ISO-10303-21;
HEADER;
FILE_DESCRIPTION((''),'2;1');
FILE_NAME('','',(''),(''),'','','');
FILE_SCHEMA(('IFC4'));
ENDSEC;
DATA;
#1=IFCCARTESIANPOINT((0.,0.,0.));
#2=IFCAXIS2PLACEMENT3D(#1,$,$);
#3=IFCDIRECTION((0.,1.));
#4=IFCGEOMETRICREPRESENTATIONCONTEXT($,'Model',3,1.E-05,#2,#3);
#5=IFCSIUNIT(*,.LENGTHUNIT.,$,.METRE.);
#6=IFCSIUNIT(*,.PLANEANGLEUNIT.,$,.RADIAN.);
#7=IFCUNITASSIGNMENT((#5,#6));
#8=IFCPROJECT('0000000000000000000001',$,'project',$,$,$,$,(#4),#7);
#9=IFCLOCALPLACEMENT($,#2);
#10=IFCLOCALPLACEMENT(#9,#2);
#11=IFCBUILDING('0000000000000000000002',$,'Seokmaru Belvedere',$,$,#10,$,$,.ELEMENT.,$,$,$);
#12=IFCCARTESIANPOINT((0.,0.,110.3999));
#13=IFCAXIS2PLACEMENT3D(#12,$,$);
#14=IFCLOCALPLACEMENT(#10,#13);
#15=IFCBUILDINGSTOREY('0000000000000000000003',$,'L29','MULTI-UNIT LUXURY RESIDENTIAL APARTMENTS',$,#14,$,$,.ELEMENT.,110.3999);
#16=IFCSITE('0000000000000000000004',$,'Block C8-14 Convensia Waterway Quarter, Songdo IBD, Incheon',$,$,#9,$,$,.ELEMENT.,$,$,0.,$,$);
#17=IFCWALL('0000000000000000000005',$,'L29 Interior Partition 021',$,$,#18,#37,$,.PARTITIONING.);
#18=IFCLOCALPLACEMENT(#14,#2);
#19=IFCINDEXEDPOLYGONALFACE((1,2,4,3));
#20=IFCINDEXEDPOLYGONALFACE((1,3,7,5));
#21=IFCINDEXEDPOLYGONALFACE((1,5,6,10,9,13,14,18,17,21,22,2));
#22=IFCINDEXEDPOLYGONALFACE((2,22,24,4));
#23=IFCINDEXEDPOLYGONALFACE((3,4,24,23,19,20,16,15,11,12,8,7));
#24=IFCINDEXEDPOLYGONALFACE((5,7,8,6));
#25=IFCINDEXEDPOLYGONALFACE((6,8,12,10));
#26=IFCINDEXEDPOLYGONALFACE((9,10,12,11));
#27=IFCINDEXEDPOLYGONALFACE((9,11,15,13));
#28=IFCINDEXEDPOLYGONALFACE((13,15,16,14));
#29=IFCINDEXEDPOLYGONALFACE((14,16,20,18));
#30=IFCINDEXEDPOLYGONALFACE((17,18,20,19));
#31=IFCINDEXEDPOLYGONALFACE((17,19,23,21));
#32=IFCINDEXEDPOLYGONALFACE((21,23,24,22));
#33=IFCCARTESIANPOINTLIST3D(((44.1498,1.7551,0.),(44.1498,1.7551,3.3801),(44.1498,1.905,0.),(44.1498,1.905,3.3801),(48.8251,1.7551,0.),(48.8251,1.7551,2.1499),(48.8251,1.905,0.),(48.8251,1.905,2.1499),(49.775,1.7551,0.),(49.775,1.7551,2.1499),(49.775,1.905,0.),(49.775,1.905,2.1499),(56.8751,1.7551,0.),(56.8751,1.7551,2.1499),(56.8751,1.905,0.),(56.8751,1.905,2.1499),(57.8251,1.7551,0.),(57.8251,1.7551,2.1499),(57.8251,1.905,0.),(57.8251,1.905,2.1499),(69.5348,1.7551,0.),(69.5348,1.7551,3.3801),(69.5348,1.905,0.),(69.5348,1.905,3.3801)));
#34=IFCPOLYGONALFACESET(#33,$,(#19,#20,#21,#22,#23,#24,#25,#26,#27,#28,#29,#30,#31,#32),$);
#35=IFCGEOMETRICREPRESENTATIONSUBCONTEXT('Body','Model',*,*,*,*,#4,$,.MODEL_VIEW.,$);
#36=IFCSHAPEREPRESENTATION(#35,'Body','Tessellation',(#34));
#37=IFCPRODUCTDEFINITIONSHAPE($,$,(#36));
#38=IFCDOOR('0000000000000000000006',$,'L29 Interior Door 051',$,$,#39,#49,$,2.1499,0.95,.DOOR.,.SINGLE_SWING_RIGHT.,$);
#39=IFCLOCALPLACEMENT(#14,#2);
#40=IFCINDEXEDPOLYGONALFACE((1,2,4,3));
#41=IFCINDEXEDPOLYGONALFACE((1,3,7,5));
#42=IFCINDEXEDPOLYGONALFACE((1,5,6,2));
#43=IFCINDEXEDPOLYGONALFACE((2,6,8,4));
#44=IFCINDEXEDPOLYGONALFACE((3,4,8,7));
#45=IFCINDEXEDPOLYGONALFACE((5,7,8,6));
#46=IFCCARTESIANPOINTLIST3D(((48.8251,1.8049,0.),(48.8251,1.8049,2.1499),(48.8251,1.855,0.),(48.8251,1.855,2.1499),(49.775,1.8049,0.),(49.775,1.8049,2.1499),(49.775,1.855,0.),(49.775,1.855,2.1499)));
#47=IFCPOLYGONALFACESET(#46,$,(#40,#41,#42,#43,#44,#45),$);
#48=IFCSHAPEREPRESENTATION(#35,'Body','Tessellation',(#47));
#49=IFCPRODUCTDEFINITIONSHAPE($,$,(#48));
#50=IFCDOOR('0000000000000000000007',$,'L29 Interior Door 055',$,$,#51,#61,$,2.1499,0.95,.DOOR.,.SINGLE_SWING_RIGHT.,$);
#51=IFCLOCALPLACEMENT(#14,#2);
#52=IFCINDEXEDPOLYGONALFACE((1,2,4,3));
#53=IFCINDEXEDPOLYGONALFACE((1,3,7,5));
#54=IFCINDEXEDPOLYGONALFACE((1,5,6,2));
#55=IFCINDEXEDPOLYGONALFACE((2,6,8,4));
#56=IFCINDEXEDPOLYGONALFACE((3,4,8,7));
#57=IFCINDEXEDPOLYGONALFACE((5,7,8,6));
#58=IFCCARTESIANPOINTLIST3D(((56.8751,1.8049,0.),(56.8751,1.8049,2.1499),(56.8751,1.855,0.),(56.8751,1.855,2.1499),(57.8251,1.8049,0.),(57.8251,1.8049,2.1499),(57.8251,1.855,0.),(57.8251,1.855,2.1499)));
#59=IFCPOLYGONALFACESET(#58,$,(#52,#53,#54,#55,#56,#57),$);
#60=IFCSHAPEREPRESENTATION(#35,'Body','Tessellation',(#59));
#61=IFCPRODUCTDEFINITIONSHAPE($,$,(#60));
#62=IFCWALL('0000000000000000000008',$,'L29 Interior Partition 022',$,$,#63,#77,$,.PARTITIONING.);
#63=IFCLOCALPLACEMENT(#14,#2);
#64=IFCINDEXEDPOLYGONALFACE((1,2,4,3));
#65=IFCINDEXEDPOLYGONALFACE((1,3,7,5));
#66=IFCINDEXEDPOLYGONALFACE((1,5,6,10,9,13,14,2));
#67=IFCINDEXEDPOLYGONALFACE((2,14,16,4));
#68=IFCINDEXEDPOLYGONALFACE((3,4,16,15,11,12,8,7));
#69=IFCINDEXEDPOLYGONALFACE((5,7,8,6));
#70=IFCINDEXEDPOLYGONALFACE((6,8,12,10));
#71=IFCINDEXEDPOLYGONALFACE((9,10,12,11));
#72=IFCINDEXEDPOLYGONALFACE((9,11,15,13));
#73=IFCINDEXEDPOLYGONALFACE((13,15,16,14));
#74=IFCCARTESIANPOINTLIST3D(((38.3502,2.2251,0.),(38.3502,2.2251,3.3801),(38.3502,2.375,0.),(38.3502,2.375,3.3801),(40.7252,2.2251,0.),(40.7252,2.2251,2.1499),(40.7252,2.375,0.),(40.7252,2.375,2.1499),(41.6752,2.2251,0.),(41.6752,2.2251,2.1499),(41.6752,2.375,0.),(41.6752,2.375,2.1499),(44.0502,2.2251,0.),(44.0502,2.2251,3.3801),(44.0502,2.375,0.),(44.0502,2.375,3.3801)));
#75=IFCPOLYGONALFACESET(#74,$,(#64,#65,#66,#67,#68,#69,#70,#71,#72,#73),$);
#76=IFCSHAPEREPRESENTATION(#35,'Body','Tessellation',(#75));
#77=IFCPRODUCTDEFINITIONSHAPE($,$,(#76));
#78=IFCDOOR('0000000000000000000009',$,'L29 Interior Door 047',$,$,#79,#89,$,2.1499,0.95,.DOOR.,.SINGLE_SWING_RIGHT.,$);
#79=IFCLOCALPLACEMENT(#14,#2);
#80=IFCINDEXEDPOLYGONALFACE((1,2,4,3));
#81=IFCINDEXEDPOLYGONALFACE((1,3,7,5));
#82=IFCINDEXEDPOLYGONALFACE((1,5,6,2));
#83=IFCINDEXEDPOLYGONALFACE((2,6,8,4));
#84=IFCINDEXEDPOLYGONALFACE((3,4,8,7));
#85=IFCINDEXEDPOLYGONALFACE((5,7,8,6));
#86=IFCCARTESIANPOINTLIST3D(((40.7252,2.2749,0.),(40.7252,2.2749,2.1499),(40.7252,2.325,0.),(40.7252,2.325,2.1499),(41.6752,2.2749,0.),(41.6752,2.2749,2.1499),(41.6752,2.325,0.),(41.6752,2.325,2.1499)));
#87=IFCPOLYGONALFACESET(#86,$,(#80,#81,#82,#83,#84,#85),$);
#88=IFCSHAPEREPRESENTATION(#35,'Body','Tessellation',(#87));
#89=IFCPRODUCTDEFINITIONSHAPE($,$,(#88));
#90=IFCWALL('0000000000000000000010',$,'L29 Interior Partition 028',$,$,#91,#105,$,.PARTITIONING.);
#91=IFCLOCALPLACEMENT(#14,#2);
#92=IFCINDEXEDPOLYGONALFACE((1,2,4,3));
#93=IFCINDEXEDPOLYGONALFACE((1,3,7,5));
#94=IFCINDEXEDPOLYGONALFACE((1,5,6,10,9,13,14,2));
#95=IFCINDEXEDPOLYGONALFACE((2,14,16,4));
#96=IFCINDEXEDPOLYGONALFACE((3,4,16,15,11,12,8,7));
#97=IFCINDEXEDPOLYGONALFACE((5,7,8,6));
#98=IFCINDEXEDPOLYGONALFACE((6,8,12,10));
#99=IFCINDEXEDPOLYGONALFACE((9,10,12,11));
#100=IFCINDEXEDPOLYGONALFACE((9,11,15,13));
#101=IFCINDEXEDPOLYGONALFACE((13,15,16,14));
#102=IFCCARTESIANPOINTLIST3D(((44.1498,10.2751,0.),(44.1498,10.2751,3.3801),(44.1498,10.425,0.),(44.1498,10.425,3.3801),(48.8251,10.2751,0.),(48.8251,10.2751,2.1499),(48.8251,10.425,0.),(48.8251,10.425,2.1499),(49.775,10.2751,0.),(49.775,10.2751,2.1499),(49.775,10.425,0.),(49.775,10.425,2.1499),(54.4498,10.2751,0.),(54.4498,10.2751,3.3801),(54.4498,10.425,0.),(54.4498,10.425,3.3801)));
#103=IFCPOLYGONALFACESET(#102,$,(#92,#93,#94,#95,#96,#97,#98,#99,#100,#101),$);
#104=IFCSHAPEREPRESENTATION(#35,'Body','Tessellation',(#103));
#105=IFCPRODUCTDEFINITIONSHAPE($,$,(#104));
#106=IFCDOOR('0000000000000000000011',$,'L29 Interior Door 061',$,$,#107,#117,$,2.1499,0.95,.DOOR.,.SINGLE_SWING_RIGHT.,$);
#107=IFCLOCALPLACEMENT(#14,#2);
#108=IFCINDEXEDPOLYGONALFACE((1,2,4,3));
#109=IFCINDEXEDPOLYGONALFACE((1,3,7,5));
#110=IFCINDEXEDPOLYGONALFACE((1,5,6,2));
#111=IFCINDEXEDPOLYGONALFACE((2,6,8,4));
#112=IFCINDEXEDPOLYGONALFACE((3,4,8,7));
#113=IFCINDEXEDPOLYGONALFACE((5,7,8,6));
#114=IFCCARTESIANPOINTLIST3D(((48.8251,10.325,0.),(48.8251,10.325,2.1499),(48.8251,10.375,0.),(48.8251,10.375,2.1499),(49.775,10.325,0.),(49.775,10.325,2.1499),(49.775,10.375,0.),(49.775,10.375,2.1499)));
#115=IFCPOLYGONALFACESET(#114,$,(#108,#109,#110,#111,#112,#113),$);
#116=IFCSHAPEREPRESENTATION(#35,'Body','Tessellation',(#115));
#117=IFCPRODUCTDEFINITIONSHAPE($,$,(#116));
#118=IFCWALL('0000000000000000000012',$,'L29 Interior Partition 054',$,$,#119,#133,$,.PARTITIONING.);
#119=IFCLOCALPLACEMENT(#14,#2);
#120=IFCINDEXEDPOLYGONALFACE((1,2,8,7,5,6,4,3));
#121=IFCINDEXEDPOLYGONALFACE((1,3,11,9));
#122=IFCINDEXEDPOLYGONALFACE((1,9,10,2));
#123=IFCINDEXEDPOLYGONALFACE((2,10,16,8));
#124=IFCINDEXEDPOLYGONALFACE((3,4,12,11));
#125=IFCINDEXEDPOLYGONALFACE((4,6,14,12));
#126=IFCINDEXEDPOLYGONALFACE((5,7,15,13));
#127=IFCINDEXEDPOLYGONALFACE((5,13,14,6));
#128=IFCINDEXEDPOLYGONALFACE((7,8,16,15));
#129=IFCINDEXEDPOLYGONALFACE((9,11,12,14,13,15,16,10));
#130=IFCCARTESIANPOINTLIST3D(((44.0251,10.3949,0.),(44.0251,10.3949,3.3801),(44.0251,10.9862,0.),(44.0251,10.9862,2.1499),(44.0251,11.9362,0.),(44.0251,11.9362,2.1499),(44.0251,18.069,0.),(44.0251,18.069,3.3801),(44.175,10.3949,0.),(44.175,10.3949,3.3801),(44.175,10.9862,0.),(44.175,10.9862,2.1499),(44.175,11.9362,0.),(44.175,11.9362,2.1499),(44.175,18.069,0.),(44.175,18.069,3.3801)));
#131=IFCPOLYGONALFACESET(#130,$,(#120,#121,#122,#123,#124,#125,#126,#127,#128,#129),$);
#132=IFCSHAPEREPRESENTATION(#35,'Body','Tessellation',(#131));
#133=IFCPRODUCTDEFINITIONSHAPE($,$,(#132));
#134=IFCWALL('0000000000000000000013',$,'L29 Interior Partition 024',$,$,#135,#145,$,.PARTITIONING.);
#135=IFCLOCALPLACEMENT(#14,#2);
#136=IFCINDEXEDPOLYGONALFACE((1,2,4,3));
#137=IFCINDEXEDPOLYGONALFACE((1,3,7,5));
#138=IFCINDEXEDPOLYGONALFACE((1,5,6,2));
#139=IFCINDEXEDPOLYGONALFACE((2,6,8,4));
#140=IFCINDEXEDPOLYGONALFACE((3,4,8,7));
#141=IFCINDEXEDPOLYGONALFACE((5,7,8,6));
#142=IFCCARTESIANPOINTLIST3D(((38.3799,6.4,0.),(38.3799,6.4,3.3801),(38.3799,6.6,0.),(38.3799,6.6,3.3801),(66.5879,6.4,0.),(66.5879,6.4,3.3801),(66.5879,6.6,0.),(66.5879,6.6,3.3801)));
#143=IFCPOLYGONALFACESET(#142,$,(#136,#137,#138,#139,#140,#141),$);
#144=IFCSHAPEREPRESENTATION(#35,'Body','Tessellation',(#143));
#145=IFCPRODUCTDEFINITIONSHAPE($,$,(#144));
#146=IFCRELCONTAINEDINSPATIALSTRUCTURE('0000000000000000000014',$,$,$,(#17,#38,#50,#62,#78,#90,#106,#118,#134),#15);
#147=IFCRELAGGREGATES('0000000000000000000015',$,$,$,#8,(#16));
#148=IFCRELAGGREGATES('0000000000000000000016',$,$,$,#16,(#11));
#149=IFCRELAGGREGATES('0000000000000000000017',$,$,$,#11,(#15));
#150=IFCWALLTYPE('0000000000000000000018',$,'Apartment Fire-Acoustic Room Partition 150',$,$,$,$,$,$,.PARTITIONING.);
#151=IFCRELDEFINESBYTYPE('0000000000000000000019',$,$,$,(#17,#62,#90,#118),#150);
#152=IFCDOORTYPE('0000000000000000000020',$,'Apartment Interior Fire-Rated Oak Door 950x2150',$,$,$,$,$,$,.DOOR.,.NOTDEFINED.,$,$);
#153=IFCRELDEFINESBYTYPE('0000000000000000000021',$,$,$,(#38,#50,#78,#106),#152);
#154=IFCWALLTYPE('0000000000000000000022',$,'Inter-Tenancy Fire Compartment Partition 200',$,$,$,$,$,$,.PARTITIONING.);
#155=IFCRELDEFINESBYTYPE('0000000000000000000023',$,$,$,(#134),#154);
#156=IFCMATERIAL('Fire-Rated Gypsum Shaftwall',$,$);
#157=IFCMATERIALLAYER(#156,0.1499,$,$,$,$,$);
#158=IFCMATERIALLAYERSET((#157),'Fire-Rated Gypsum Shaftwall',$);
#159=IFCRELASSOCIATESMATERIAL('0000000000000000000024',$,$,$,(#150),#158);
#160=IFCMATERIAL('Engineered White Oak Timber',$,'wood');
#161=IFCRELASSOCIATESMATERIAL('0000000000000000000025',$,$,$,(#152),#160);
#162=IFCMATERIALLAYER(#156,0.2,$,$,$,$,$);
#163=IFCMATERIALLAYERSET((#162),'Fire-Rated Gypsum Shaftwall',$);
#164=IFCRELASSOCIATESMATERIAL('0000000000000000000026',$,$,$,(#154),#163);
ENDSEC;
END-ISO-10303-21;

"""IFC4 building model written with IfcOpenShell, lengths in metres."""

from ifc_helpers import new_model, si_unit, direction, frame, frame_2d, origin, place, context, subcontext, project, spatial, rectangle, extrude, source, transform, mapped, material, layer, layer_set, type_object, type_shapes, element, fill, save


model = new_model("IFC4")

# Units and contexts
model_context = context("Model", 3, precision=1e-05, world=origin(), true_north=direction((0.0, 1.0)))
body_context = subcontext(model_context, "Body", "Model", "MODEL_VIEW")
ifc_project = project(units=[si_unit("LENGTHUNIT", "METRE"), si_unit("PLANEANGLEUNIT", "RADIAN")], contexts=[model_context])

# Site, building, storey
site_placement = place(None, origin())
site = spatial("IfcSite", under=ifc_project, at=site_placement, Name="Block C8-14 Convensia Waterway Quarter, Songdo IBD, Incheon", CompositionType="ELEMENT", RefElevation=0.0)
building_placement = place(site_placement, origin())
building = spatial("IfcBuilding", under=site, at=building_placement, Name="Seokmaru Belvedere", CompositionType="ELEMENT")
storey_placement = place(building_placement, frame((0.0, 0.0, 110.3999)))
storey = spatial("IfcBuildingStorey", under=building, at=storey_placement, Name="L29", Description="MULTI-UNIT LUXURY RESIDENTIAL APARTMENTS", CompositionType="ELEMENT", Elevation=110.3999)

# Wall, openings, doors
ifc_material_1 = material(Name="Fire-Rated Gypsum Shaftwall")
ifc_layer_1 = layer(ifc_material_1, 0.1499)
ifc_layer_set_1 = layer_set([ifc_layer_1], Name="Fire-Rated Gypsum Shaftwall")
wall_type_1 = type_object("IfcWallType", Name="Apartment Fire-Acoustic Room Partition 150", PredefinedType="PARTITIONING", material=ifc_layer_set_1)
ifc_material_2 = material(Name="Engineered White Oak Timber", Category="wood")
door_type_1 = type_object("IfcDoorType", Name="Apartment Interior Fire-Rated Oak Door 950x2150", OperationType="NOTDEFINED", PredefinedType="DOOR", material=ifc_material_2)
shared_shape_1 = source(origin(), body_context, "Body", "SweptSolid", [
    extrude(rectangle(XDim=0.95, YDim=2.1499, at=frame_2d((0.4751, 1.075))), frame((0.0, 0.0249, 0.0), z_axis=(0.0, -1.0, 0.0), x_axis=(1.0, 0.0, 0.0)), (0.0, 0.0, 1.0), 0.05),
])
type_shapes(door_type_1, [shared_shape_1])
wall_1_placement = place(storey_placement, frame((44.1499, 1.8301, 0.0), z_axis=(0.0, 0.0, 1.0), x_axis=(1.0, 0.0, 0.0)))
wall_1 = element("IfcWall", 1, at=wall_1_placement, inside=storey, type_object=wall_type_1, Name="L29 Interior Partition 021", PredefinedType="PARTITIONING", context=body_context, shape_type="SweptSolid", body=[
    extrude(rectangle(XDim=25.385, YDim=0.1499, at=frame_2d((12.6924, 0.0))), origin(), (0.0, 0.0, 1.0), 3.3801),
])
opening_1_placement = place(wall_1_placement, frame((4.675, 0.0, 0.0)))
opening_1 = element("IfcOpeningElement", 2, at=opening_1_placement, cuts=wall_1, PredefinedType="OPENING", context=body_context, shape_type="SweptSolid", body=[
    extrude(rectangle(XDim=0.95, YDim=2.1499, at=frame_2d((0.4751, 1.075))), frame((0.0, 0.085, 0.0), z_axis=(0.0, -1.0, 0.0), x_axis=(1.0, 0.0, 0.0)), (0.0, 0.0, 1.0), 0.1699),
])
opening_2_placement = place(wall_1_placement, frame((12.7251, 0.0, 0.0)))
opening_2 = element("IfcOpeningElement", 3, at=opening_2_placement, cuts=wall_1, PredefinedType="OPENING", context=body_context, shape_type="SweptSolid", body=[
    extrude(rectangle(XDim=0.95, YDim=2.1499, at=frame_2d((0.4751, 1.075))), frame((0.0, 0.085, 0.0), z_axis=(0.0, -1.0, 0.0), x_axis=(1.0, 0.0, 0.0)), (0.0, 0.0, 1.0), 0.1699),
])
door_1_placement = place(opening_1_placement, origin())
door_1 = element("IfcDoor", 4, at=door_1_placement, inside=storey, type_object=door_type_1, Name="L29 Interior Door 051", OperationType="SINGLE_SWING_RIGHT", OverallHeight=2.1499, OverallWidth=0.95, PredefinedType="DOOR", context=body_context, shape_type="MappedRepresentation", body=[
    mapped(shared_shape_1, transform((0.0, 0.0, 0.0), scale=1.0)),
])
fill(opening_1, door_1)
door_2_placement = place(opening_2_placement, origin())
door_2 = element("IfcDoor", 5, at=door_2_placement, inside=storey, type_object=door_type_1, Name="L29 Interior Door 055", OperationType="SINGLE_SWING_RIGHT", OverallHeight=2.1499, OverallWidth=0.95, PredefinedType="DOOR", context=body_context, shape_type="MappedRepresentation", body=[
    mapped(shared_shape_1, transform((0.0, 0.0, 0.0), scale=1.0)),
])
fill(opening_2, door_2)

# Walls, openings, doors
wall_2_placement = place(storey_placement, frame((38.3501, 2.3, 0.0), z_axis=(0.0, 0.0, 1.0), x_axis=(1.0, 0.0, 0.0)))
wall_2 = element("IfcWall", 6, at=wall_2_placement, inside=storey, type_object=wall_type_1, Name="L29 Interior Partition 022", PredefinedType="PARTITIONING", context=body_context, shape_type="SweptSolid", body=[
    extrude(rectangle(XDim=5.7, YDim=0.1499, at=frame_2d((2.8501, 0.0))), origin(), (0.0, 0.0, 1.0), 3.3801),
])
opening_3_placement = place(wall_2_placement, frame((2.375, 0.0, 0.0)))
opening_3 = element("IfcOpeningElement", 7, at=opening_3_placement, cuts=wall_2, PredefinedType="OPENING", context=body_context, shape_type="SweptSolid", body=[
    extrude(rectangle(XDim=0.95, YDim=2.1499, at=frame_2d((0.4751, 1.075))), frame((0.0, 0.085, 0.0), z_axis=(0.0, -1.0, 0.0), x_axis=(1.0, 0.0, 0.0)), (0.0, 0.0, 1.0), 0.1699),
])
door_3_placement = place(opening_3_placement, origin())
door_3 = element("IfcDoor", 8, at=door_3_placement, inside=storey, type_object=door_type_1, Name="L29 Interior Door 047", OperationType="SINGLE_SWING_RIGHT", OverallHeight=2.1499, OverallWidth=0.95, PredefinedType="DOOR", context=body_context, shape_type="MappedRepresentation", body=[
    mapped(shared_shape_1, transform((0.0, 0.0, 0.0), scale=1.0)),
])
fill(opening_3, door_3)
wall_3_placement = place(storey_placement, frame((44.1499, 10.3501, 0.0), z_axis=(0.0, 0.0, 1.0), x_axis=(1.0, 0.0, 0.0)))
wall_3 = element("IfcWall", 9, at=wall_3_placement, inside=storey, type_object=wall_type_1, Name="L29 Interior Partition 028", PredefinedType="PARTITIONING", context=body_context, shape_type="SweptSolid", body=[
    extrude(rectangle(XDim=10.3, YDim=0.1499, at=frame_2d((5.1499, 0.0))), origin(), (0.0, 0.0, 1.0), 3.3801),
])
opening_4_placement = place(wall_3_placement, frame((4.675, 0.0, 0.0)))
opening_4 = element("IfcOpeningElement", 10, at=opening_4_placement, cuts=wall_3, PredefinedType="OPENING", context=body_context, shape_type="SweptSolid", body=[
    extrude(rectangle(XDim=0.95, YDim=2.1499, at=frame_2d((0.4751, 1.075))), frame((0.0, 0.085, 0.0), z_axis=(0.0, -1.0, 0.0), x_axis=(1.0, 0.0, 0.0)), (0.0, 0.0, 1.0), 0.1699),
])
door_4_placement = place(opening_4_placement, origin())
door_4 = element("IfcDoor", 11, at=door_4_placement, inside=storey, type_object=door_type_1, Name="L29 Interior Door 061", OperationType="SINGLE_SWING_RIGHT", OverallHeight=2.1499, OverallWidth=0.95, PredefinedType="DOOR", context=body_context, shape_type="MappedRepresentation", body=[
    mapped(shared_shape_1, transform((0.0, 0.0, 0.0), scale=1.0)),
])
fill(opening_4, door_4)

# Wall, opening
wall_4_placement = place(storey_placement, frame((44.1001, 10.395, 0.0), z_axis=(0.0, 0.0, 1.0), x_axis=(0.0, 1.0, 0.0)))
wall_4 = element("IfcWall", 12, at=wall_4_placement, inside=storey, type_object=wall_type_1, Name="L29 Interior Partition 054", PredefinedType="PARTITIONING", context=body_context, shape_type="SweptSolid", body=[
    extrude(rectangle(XDim=7.6741, YDim=0.1499, at=frame_2d((3.8369, 0.0))), origin(), (0.0, 0.0, 1.0), 3.3801),
])
opening_5_placement = place(wall_4_placement, frame((0.5911, 0.0, 0.0)))
element("IfcOpeningElement", 13, at=opening_5_placement, cuts=wall_4, PredefinedType="OPENING", context=body_context, shape_type="SweptSolid", body=[
    extrude(rectangle(XDim=0.95, YDim=2.1499, at=frame_2d((0.4751, 1.075))), frame((0.0, 0.085, 0.0), z_axis=(0.0, -1.0, 0.0), x_axis=(1.0, 0.0, 0.0)), (0.0, 0.0, 1.0), 0.1699),
])

# Wall
ifc_layer_2 = layer(ifc_material_1, 0.2)
ifc_layer_set_2 = layer_set([ifc_layer_2], Name="Fire-Rated Gypsum Shaftwall")
wall_type_2 = type_object("IfcWallType", Name="Inter-Tenancy Fire Compartment Partition 200", PredefinedType="PARTITIONING", material=ifc_layer_set_2)
wall_5_placement = place(storey_placement, frame((38.3799, 6.5, 0.0), z_axis=(0.0, 0.0, 1.0), x_axis=(1.0, 0.0, 0.0)))
element("IfcWall", 14, at=wall_5_placement, inside=storey, type_object=wall_type_2, Name="L29 Interior Partition 024", PredefinedType="PARTITIONING", context=body_context, shape_type="SweptSolid", body=[
    extrude(rectangle(XDim=28.208, YDim=0.2, at=frame_2d((14.104, 0.0))), origin(), (0.0, 0.0, 1.0), 3.3801),
])

save(model, "model.ifc")
